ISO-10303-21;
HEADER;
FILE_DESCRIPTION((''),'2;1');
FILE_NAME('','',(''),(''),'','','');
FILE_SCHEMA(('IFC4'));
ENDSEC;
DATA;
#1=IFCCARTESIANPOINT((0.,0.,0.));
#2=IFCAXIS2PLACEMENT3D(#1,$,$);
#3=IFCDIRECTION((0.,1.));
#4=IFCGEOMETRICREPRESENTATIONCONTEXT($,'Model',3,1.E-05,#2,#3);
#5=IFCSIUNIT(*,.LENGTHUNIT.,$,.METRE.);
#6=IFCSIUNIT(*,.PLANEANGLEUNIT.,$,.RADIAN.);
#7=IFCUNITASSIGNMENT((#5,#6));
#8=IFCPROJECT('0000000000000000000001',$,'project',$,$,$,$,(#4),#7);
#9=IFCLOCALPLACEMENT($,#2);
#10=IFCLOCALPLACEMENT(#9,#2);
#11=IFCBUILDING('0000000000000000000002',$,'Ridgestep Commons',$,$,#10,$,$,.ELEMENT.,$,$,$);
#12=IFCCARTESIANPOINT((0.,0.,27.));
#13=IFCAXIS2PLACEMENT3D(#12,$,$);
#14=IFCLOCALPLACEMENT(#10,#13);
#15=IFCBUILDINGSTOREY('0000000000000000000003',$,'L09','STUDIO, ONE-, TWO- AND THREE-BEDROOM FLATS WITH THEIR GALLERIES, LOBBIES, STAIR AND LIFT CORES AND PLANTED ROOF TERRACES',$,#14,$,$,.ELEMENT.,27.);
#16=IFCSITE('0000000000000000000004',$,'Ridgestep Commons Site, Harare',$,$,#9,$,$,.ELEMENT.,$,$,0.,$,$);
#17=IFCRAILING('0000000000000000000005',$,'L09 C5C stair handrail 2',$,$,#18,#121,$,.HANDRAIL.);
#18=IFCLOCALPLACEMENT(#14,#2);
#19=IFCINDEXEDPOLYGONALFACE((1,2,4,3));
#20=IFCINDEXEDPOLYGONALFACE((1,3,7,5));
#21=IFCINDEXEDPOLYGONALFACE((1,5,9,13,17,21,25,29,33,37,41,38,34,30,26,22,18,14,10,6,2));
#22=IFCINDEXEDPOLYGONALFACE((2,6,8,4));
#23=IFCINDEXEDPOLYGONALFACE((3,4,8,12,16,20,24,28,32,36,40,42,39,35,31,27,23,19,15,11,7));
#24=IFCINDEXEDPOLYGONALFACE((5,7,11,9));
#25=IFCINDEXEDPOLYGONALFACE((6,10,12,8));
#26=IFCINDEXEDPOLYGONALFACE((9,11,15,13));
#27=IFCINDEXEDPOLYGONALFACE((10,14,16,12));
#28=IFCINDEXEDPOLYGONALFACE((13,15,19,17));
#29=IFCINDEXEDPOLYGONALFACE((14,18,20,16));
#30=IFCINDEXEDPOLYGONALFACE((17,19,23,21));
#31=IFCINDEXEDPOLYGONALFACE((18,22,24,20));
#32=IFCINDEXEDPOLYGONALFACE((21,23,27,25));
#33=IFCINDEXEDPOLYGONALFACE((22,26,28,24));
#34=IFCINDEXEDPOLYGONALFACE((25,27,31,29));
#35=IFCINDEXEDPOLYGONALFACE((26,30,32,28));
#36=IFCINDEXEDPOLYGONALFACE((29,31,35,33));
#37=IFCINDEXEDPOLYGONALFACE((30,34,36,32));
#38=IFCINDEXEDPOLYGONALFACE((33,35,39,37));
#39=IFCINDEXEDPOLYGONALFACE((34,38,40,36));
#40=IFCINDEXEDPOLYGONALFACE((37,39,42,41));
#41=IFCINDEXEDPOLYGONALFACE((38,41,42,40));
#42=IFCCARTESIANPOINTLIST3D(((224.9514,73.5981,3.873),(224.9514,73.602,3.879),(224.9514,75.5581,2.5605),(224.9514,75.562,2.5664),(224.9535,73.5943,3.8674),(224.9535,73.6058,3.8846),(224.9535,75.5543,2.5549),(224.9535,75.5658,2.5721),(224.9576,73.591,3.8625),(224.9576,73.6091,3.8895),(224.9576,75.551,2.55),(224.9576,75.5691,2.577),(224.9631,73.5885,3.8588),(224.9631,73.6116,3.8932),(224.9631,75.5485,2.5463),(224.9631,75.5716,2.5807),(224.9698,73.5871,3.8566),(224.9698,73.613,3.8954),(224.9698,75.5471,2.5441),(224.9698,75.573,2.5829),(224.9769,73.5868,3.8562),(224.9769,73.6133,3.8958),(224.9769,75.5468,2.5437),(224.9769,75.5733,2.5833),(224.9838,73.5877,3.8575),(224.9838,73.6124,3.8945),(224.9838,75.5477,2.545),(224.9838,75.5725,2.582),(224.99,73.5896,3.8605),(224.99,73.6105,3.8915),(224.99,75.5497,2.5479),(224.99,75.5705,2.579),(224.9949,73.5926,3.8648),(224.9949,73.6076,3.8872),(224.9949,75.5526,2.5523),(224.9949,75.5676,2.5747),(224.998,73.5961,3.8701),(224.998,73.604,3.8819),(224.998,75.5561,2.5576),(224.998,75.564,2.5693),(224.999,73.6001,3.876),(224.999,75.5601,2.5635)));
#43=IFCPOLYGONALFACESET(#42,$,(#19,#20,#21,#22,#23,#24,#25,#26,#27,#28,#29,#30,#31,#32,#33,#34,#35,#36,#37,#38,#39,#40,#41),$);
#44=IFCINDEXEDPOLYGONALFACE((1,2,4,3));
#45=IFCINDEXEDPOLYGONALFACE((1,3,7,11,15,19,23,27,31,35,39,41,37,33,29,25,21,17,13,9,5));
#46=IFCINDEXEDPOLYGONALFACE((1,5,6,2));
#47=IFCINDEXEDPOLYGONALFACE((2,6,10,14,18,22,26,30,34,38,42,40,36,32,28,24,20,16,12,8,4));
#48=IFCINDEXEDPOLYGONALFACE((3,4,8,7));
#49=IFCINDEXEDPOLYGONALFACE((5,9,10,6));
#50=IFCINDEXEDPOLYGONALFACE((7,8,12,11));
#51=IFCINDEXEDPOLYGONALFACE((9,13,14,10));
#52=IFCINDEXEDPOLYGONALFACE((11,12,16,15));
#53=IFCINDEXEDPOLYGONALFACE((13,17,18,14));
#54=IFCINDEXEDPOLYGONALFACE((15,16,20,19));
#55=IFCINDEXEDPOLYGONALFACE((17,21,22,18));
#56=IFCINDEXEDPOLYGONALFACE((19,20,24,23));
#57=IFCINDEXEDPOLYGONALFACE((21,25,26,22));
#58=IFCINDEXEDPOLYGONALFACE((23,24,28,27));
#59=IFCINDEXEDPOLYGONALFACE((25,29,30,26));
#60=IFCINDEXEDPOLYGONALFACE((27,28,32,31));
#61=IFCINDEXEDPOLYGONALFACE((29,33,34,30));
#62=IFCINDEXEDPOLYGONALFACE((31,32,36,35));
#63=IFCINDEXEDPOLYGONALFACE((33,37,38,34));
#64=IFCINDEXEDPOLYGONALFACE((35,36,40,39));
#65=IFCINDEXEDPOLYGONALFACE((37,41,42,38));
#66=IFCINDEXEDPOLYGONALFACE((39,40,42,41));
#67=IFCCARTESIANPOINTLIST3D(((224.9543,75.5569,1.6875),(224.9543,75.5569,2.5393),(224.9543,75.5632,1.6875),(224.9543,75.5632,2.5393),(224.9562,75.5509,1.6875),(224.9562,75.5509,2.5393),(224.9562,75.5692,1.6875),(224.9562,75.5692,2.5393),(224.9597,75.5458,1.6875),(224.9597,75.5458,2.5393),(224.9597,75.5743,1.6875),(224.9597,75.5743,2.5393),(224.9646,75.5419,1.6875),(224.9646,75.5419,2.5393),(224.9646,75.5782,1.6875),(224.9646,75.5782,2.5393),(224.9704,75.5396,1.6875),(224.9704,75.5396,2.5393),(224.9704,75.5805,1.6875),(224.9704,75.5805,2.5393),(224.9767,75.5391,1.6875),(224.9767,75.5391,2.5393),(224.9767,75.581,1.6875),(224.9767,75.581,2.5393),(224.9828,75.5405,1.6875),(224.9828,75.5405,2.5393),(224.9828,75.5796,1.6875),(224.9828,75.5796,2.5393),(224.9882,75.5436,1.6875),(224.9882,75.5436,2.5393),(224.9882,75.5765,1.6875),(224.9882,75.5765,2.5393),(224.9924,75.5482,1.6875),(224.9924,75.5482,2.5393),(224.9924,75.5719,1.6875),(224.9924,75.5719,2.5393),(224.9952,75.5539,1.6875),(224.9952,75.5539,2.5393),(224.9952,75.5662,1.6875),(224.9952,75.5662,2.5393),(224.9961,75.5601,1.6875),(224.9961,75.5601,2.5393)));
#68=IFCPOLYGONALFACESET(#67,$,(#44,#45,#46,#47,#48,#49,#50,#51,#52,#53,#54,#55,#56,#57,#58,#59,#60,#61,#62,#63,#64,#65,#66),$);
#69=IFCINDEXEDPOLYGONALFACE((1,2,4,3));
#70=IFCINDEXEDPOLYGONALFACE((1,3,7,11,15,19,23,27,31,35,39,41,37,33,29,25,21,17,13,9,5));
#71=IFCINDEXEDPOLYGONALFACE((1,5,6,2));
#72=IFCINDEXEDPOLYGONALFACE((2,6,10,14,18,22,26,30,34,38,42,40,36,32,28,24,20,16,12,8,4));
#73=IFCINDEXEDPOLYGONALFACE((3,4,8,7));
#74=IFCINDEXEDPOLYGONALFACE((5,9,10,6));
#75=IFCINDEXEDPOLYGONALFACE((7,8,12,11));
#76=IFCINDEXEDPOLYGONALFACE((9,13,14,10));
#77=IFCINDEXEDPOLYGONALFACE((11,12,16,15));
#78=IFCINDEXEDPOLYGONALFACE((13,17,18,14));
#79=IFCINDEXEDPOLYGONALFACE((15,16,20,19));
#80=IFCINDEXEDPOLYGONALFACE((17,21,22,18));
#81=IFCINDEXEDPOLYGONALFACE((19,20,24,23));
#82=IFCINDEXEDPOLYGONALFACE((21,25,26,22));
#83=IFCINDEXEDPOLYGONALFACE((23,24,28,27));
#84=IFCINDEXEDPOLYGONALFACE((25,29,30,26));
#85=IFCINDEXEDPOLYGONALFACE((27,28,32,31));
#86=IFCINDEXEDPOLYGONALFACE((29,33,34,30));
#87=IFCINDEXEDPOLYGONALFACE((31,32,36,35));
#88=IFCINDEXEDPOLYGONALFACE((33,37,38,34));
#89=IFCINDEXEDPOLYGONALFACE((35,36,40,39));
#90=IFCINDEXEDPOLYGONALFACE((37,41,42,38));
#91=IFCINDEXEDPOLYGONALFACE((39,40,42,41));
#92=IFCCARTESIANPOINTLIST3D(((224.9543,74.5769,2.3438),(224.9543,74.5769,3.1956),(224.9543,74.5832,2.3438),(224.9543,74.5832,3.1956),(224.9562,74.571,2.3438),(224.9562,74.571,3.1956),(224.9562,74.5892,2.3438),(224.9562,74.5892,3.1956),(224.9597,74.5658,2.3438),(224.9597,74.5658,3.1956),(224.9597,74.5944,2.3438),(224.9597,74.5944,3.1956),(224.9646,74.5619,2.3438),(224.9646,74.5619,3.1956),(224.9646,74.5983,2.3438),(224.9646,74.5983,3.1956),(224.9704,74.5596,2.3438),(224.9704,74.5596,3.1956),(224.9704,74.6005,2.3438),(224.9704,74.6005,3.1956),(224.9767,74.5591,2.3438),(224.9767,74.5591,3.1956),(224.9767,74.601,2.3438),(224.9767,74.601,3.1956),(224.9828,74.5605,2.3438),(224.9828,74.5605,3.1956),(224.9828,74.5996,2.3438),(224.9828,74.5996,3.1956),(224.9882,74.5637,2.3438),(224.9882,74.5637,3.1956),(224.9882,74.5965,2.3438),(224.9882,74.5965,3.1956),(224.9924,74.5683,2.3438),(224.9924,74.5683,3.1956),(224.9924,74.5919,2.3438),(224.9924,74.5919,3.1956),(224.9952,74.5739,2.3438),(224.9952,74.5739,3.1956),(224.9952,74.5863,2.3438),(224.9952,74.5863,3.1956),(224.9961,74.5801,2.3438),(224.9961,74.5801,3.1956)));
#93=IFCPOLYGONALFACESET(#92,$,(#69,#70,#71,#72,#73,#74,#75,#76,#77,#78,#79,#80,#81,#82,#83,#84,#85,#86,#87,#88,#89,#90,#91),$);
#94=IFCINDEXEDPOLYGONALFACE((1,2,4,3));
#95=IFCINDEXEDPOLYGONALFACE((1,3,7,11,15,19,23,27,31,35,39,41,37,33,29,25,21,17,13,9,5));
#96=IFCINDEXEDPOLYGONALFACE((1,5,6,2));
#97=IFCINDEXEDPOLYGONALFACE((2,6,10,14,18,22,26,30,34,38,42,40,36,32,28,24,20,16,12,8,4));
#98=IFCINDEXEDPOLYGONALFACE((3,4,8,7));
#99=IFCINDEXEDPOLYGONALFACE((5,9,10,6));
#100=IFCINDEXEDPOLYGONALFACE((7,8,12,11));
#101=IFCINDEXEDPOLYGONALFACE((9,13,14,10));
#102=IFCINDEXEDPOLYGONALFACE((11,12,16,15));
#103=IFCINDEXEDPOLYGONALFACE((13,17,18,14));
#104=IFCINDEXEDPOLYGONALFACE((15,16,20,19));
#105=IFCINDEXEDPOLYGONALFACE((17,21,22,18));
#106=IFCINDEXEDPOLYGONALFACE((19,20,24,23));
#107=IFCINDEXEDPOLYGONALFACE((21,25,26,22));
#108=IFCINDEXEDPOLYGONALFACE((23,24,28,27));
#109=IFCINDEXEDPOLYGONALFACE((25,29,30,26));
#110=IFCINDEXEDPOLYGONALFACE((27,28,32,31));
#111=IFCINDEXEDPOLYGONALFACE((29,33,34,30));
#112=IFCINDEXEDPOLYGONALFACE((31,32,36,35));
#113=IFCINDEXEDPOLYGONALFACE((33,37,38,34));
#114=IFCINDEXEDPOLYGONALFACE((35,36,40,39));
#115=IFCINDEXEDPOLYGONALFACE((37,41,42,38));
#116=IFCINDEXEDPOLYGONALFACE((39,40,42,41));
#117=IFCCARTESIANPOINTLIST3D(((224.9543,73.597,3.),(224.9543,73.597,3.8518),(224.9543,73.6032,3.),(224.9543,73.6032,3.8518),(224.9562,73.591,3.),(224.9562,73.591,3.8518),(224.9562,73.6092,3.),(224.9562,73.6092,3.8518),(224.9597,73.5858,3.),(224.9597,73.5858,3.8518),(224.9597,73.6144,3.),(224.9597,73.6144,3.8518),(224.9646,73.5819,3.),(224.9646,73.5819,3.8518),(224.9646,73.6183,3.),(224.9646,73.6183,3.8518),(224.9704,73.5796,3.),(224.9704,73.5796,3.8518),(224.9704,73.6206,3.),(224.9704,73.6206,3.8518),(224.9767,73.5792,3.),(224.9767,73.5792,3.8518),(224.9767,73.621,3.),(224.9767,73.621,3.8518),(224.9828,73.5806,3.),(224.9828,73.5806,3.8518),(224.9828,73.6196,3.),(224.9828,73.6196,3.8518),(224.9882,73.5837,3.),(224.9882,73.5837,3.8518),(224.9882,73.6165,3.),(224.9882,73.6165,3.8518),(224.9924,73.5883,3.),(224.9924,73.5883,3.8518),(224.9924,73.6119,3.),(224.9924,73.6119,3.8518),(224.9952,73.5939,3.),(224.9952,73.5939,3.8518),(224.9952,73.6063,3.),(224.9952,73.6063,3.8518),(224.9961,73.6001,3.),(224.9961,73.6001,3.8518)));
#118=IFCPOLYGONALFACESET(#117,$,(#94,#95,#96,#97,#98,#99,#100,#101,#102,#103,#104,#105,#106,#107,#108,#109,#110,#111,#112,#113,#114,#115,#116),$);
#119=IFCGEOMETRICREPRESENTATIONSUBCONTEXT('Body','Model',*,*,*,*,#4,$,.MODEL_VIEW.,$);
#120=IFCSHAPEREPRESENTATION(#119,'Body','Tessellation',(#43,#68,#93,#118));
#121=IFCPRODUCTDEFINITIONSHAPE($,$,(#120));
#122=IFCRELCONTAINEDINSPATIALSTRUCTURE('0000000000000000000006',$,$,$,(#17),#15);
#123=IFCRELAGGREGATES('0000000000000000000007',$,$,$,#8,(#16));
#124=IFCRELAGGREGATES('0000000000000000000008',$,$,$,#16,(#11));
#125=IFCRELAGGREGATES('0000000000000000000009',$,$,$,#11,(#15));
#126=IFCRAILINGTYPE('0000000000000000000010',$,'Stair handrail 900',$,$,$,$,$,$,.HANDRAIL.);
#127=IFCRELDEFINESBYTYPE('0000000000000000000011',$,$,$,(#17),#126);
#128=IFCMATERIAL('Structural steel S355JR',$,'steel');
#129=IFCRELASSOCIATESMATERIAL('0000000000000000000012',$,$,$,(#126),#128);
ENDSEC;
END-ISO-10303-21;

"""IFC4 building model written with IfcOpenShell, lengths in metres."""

from ifc_helpers import new_model, si_unit, direction, frame, origin, origin_2d, place, context, subcontext, project, spatial, circle, extrude, material, type_object, element, save


model = new_model("IFC4")

# Units and contexts
model_context = context("Model", 3, precision=1e-05, world=origin(), true_north=direction((0.0, 1.0)))
body_context = subcontext(model_context, "Body", "Model", "MODEL_VIEW")
ifc_project = project(units=[si_unit("LENGTHUNIT", "METRE"), si_unit("PLANEANGLEUNIT", "RADIAN")], contexts=[model_context])

# Site, building, storey
site_placement = place(None, origin())
site = spatial("IfcSite", under=ifc_project, at=site_placement, Name="Ridgestep Commons Site, Harare", CompositionType="ELEMENT", RefElevation=0.0)
building_placement = place(site_placement, origin())
building = spatial("IfcBuilding", under=site, at=building_placement, Name="Ridgestep Commons", CompositionType="ELEMENT")
storey_placement = place(building_placement, frame((0.0, 0.0, 27.0)))
storey = spatial("IfcBuildingStorey", under=building, at=storey_placement, Name="L09", Description="STUDIO, ONE-, TWO- AND THREE-BEDROOM FLATS WITH THEIR GALLERIES, LOBBIES, STAIR AND LIFT CORES AND PLANTED ROOF TERRACES", CompositionType="ELEMENT", Elevation=27.0)

# Railing
ifc_material_1 = material(Name="Structural steel S355JR", Category="steel")
railing_type_1 = type_object("IfcRailingType", Name="Stair handrail 900", PredefinedType="HANDRAIL", material=ifc_material_1)
railing_1_placement = place(storey_placement, frame((224.9751, 75.5601, 1.6875)))
element("IfcRailing", 1, at=railing_1_placement, inside=storey, type_object=railing_type_1, Name="L09 C5C stair handrail 2", PredefinedType="HANDRAIL", context=body_context, shape_type="SweptSolid", body=[
    extrude(circle(Radius=0.0239, at=origin_2d()), frame((0.0, 0.0, 0.876), z_axis=(0.0, -0.830902, 0.556419), x_axis=(1.0, 0.0, 0.0)), (0.0, 0.0, 1.0), 2.3589),
    extrude(circle(Radius=0.021, at=origin_2d()), origin(), (0.0, 0.0, 1.0), 0.8518),
    extrude(circle(Radius=0.021, at=origin_2d()), frame((0.0, -0.98, 0.6562)), (0.0, 0.0, 1.0), 0.8518),
    extrude(circle(Radius=0.021, at=origin_2d()), frame((0.0, -1.96, 1.3125)), (0.0, 0.0, 1.0), 0.8518),
])

save(model, "model.ifc")
